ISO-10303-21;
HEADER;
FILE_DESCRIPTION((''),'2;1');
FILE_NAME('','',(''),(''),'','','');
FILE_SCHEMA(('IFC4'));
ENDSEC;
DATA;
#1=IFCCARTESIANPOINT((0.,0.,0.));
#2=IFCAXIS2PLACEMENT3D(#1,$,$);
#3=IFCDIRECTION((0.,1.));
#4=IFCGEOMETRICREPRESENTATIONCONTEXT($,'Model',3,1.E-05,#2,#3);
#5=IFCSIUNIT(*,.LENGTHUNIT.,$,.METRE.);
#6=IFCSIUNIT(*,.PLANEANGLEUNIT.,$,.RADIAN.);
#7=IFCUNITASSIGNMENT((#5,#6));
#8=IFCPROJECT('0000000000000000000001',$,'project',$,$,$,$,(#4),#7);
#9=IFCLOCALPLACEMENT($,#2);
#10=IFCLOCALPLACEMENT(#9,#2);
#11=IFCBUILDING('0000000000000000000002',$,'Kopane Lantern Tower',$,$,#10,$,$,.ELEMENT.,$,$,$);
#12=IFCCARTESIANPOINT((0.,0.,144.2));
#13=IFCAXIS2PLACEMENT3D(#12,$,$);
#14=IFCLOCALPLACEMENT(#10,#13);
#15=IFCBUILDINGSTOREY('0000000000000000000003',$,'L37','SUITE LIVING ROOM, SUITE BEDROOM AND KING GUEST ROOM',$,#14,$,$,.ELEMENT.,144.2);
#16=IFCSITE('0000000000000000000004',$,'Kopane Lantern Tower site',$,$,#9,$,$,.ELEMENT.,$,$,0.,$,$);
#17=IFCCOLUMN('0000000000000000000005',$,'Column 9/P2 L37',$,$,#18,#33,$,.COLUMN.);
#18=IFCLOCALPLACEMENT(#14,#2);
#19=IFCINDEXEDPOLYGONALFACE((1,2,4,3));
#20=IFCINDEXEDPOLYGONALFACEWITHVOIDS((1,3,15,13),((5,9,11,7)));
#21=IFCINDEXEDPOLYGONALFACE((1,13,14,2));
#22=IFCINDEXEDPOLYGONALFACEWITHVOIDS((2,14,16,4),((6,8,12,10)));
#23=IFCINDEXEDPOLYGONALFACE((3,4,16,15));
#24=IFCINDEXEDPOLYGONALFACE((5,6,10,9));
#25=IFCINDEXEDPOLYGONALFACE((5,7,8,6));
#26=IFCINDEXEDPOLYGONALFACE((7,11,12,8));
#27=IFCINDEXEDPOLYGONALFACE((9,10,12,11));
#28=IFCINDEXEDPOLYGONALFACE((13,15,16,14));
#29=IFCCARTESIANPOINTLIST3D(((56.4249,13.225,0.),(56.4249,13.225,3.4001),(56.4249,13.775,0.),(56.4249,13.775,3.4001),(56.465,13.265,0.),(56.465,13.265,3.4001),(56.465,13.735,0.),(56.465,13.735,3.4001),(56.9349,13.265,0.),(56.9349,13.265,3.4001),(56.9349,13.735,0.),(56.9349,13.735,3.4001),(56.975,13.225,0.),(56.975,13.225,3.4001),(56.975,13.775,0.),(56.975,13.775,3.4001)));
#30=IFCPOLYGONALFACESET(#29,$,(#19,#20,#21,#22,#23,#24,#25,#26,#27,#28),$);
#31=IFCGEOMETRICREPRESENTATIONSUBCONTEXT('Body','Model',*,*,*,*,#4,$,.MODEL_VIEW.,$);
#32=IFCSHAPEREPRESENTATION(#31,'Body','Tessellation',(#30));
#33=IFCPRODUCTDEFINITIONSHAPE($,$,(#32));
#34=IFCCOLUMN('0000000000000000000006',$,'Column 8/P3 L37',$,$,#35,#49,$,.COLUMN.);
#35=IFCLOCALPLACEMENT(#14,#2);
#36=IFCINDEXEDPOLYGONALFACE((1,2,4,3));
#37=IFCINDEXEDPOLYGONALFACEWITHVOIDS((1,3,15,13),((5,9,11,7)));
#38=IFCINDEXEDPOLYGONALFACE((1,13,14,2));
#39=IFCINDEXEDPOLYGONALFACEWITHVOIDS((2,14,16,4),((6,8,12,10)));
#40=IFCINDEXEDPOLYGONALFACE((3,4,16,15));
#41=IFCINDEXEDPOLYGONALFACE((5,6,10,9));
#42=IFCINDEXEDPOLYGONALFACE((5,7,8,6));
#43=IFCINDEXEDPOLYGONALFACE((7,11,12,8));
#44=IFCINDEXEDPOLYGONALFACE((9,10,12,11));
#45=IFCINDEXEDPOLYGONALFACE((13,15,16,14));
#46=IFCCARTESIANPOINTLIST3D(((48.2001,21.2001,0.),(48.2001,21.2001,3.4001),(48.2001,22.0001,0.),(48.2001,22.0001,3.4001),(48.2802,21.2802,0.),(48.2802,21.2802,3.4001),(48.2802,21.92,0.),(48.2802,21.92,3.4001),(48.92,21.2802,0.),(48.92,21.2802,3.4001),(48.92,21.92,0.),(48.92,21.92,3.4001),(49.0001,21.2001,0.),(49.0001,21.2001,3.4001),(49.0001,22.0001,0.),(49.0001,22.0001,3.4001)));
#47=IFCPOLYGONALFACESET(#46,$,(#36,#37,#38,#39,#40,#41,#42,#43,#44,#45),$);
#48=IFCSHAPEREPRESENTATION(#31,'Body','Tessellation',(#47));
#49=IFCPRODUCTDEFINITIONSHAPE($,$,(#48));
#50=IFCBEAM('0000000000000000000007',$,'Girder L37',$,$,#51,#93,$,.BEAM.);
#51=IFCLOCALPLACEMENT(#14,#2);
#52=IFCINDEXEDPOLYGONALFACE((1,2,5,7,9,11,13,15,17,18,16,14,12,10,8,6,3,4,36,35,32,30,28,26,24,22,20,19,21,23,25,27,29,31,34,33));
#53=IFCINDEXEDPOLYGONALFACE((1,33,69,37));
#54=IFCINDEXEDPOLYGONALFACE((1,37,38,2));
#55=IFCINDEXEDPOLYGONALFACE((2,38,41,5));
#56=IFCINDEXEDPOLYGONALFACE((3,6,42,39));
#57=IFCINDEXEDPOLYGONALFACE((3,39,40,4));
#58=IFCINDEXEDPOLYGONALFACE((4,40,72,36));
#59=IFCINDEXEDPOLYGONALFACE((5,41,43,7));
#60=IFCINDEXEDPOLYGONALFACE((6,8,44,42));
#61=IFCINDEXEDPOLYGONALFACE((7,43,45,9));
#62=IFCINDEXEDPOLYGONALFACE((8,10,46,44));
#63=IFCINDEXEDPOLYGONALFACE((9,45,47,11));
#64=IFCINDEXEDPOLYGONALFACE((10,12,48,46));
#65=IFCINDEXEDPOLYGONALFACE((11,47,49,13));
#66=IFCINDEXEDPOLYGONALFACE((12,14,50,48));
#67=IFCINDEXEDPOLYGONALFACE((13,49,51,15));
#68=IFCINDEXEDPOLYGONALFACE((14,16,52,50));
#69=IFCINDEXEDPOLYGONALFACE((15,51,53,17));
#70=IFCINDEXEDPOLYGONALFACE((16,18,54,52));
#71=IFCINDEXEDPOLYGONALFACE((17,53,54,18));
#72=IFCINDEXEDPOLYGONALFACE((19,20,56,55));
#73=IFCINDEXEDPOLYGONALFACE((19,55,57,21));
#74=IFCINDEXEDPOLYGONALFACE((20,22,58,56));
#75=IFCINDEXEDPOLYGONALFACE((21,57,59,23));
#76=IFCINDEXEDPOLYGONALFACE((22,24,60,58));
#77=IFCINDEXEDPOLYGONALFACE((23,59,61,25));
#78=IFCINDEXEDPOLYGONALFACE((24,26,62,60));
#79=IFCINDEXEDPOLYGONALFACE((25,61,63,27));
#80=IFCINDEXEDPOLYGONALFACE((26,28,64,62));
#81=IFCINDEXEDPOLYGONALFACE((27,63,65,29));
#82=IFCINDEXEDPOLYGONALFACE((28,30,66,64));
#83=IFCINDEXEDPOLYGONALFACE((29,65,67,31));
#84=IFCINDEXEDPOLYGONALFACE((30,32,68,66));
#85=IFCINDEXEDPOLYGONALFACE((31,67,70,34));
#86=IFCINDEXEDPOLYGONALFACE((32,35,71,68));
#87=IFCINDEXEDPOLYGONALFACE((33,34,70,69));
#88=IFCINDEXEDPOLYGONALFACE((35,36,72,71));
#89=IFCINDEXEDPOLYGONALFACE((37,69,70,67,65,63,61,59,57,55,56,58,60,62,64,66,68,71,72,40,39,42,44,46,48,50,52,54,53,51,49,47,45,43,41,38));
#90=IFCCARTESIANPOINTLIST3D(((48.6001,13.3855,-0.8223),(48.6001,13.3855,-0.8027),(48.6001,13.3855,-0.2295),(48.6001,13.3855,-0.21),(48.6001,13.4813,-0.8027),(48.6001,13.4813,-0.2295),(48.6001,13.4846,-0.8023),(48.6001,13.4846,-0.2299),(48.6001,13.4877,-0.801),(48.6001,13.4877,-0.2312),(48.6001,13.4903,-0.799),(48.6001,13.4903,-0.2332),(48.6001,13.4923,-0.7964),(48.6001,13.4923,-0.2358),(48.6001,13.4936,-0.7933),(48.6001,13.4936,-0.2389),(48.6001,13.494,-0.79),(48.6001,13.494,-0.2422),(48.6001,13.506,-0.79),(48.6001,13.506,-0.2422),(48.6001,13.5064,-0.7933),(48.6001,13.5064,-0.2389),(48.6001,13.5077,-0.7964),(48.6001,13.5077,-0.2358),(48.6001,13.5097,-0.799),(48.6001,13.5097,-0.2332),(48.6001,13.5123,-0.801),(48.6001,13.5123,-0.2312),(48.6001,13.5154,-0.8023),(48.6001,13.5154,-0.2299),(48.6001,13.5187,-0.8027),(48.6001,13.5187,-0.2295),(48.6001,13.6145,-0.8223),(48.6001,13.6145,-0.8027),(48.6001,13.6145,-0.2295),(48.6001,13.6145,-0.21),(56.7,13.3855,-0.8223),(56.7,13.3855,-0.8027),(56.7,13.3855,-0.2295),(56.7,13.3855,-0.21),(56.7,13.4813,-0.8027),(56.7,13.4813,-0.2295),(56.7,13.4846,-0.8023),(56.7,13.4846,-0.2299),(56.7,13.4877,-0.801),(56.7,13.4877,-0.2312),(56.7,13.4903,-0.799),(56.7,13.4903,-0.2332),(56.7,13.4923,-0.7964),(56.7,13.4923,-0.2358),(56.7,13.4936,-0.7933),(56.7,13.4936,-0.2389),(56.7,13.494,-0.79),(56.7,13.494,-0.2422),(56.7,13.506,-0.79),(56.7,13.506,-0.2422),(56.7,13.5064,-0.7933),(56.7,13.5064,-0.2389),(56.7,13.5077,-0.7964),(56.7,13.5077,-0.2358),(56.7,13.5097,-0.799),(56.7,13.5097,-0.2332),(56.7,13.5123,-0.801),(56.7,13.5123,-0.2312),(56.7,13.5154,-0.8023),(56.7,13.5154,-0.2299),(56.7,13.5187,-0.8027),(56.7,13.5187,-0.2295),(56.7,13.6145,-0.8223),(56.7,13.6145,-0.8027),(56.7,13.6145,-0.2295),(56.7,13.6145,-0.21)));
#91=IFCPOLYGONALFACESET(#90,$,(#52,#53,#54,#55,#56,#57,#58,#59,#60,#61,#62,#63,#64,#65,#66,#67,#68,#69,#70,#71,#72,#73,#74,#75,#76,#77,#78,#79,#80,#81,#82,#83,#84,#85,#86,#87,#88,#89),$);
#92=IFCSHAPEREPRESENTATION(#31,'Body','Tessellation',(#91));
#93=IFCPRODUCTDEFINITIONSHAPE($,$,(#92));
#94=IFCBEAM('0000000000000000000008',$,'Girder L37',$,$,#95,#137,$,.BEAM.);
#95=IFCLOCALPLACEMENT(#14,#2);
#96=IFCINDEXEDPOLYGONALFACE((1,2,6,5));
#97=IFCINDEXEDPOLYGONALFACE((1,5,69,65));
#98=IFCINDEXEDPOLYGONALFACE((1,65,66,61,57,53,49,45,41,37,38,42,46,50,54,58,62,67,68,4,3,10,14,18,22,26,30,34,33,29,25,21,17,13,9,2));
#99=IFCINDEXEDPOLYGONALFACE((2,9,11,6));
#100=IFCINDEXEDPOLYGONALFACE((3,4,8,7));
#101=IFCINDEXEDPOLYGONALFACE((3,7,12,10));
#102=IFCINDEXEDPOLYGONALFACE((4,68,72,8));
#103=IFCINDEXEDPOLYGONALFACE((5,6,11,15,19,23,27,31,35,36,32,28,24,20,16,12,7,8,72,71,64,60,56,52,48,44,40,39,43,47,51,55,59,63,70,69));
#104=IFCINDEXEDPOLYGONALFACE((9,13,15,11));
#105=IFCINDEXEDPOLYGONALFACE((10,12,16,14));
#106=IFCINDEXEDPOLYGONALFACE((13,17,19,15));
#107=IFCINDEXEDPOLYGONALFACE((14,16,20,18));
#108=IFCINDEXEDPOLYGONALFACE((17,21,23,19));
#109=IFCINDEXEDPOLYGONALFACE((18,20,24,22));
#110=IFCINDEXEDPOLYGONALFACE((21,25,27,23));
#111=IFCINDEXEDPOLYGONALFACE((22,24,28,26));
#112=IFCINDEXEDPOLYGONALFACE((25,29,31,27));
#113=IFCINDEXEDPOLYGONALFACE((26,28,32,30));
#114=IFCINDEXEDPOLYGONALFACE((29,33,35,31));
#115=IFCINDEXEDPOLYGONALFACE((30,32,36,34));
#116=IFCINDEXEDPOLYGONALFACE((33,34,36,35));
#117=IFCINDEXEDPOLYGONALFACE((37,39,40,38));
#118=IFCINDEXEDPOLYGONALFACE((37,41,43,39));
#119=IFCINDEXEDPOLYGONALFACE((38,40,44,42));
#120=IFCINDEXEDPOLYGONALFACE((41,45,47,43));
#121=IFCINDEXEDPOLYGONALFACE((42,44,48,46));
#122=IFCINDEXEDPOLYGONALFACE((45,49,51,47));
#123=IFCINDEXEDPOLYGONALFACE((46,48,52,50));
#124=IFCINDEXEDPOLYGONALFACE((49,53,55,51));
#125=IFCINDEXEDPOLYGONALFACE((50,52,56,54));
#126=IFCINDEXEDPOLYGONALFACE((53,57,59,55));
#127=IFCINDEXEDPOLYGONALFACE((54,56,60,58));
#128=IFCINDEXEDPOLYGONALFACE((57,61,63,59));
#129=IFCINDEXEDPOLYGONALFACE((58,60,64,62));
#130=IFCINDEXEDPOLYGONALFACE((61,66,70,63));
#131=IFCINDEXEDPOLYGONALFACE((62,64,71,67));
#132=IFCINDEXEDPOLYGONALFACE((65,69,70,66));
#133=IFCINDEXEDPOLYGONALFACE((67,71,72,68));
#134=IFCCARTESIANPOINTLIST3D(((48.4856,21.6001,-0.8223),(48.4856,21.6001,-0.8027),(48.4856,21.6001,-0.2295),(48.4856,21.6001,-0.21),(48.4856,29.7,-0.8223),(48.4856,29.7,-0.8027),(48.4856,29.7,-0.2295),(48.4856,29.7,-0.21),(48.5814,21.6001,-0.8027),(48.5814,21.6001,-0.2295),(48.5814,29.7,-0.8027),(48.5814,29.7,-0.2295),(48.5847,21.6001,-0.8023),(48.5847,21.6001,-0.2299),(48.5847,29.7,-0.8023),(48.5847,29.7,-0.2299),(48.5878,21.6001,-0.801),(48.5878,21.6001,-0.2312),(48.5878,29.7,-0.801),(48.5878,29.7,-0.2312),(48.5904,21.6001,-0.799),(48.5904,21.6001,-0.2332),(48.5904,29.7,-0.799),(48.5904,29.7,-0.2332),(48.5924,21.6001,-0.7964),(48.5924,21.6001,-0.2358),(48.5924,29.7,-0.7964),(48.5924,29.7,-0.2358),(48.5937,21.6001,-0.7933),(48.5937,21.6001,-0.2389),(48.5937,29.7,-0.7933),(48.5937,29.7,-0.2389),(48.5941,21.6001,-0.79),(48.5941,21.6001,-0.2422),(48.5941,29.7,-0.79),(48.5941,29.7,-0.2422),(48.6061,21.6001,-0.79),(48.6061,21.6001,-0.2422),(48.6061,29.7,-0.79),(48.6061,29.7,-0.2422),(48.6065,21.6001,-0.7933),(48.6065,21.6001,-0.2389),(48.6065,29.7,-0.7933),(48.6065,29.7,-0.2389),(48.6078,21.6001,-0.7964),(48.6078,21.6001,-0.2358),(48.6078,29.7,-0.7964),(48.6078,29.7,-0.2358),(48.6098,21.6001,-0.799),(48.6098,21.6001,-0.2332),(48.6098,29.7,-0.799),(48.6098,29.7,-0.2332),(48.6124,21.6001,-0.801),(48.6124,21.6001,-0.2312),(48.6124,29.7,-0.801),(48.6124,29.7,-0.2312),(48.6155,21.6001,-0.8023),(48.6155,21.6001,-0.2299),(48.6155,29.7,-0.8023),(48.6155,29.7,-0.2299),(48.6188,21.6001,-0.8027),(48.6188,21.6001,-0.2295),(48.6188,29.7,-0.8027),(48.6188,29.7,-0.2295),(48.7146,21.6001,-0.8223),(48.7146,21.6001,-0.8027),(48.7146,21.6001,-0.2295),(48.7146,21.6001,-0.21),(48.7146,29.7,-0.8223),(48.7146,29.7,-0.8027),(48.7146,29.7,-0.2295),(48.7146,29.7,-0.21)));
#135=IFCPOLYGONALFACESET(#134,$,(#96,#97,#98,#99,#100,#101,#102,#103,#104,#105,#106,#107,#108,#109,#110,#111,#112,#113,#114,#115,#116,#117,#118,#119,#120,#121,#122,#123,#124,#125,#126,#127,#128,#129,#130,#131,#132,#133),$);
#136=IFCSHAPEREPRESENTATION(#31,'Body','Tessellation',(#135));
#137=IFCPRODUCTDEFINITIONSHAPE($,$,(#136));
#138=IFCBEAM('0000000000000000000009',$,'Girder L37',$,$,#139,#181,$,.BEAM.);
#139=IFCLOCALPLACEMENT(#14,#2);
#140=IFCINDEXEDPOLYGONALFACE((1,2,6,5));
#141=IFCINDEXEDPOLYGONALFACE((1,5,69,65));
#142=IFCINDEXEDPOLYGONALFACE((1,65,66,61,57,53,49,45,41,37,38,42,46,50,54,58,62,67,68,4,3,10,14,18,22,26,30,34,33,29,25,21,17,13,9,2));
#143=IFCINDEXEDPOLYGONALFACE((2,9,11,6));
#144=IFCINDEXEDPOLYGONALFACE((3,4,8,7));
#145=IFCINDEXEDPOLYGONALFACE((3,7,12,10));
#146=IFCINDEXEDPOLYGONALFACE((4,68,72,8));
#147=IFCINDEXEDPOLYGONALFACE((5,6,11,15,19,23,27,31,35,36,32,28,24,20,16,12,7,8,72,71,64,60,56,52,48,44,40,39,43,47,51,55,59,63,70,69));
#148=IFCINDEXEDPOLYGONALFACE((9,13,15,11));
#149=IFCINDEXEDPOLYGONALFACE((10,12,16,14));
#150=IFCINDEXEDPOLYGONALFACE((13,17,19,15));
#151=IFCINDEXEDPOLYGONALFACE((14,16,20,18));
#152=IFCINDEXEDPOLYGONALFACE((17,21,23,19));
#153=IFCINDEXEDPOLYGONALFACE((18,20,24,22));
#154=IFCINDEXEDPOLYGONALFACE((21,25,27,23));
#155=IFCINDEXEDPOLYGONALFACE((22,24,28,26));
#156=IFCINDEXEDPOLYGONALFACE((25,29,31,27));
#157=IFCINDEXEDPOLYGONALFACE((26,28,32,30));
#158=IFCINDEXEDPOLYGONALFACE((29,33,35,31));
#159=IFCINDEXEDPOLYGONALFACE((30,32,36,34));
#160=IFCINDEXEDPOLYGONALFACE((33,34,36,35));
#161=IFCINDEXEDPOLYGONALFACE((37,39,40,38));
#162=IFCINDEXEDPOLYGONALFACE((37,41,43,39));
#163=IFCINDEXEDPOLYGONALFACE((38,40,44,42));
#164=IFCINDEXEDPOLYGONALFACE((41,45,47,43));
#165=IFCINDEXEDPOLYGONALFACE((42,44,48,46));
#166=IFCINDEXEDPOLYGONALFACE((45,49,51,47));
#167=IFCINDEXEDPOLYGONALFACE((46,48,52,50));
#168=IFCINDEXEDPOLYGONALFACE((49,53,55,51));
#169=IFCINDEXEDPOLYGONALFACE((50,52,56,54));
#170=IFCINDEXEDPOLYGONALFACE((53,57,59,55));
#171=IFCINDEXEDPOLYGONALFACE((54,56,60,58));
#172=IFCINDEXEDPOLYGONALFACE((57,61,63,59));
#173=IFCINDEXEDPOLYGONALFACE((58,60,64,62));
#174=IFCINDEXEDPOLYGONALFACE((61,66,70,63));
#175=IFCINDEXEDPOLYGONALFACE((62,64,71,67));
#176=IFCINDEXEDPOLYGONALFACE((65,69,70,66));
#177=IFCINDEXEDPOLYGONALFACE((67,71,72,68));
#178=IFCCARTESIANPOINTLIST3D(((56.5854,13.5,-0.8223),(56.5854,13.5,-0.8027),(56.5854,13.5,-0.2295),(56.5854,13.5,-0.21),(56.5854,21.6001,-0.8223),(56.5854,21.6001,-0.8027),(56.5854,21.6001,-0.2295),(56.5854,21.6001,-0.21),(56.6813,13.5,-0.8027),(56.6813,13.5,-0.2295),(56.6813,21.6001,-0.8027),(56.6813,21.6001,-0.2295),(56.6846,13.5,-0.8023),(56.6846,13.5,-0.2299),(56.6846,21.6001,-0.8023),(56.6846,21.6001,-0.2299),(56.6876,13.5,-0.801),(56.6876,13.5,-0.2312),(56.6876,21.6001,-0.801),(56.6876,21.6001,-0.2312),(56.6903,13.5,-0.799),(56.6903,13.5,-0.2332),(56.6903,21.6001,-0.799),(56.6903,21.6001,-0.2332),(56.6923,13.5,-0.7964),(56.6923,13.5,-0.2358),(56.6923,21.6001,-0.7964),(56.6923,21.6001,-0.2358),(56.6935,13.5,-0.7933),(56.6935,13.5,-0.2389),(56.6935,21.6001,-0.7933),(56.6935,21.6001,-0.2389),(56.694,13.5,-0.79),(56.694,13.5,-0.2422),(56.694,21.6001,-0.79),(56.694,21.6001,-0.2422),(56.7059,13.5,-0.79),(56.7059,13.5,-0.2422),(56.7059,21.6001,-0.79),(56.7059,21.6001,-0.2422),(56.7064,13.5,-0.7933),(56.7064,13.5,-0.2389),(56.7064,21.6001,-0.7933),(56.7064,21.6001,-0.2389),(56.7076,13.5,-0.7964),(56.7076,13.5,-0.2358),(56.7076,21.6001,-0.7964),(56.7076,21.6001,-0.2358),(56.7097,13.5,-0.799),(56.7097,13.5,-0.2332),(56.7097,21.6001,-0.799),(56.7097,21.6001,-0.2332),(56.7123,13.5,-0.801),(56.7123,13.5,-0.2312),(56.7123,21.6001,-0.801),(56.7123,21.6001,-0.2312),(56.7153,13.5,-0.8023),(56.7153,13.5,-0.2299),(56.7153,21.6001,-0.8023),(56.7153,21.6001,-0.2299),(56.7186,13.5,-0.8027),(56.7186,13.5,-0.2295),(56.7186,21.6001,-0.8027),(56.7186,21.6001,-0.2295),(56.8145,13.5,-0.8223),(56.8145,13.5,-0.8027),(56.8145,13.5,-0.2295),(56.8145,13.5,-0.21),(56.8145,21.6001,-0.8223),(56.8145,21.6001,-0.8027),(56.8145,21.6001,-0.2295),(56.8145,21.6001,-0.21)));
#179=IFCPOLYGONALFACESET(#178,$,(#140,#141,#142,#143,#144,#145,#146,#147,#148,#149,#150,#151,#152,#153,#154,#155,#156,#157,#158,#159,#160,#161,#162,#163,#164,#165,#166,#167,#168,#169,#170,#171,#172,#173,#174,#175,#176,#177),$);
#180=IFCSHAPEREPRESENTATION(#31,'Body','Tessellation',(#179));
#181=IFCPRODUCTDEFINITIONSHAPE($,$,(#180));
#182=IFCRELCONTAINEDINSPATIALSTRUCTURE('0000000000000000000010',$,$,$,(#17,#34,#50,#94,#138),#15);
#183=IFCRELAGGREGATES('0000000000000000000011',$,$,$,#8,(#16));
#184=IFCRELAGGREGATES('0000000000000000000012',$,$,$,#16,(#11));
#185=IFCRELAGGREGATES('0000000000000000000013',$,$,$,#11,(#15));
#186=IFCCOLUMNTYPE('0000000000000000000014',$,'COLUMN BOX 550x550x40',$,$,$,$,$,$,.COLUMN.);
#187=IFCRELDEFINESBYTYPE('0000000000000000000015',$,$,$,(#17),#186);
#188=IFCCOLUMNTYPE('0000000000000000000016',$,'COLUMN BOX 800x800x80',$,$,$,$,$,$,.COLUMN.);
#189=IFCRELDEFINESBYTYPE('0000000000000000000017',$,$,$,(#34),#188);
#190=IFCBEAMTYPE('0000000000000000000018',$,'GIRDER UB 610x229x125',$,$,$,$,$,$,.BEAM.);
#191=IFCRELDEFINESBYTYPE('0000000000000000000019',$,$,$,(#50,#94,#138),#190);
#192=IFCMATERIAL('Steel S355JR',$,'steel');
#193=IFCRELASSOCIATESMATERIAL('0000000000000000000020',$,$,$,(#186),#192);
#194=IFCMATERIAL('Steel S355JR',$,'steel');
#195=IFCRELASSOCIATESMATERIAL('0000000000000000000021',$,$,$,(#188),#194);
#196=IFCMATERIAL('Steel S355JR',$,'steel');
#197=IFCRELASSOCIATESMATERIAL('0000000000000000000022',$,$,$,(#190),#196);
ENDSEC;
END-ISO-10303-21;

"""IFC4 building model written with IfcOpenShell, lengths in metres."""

from ifc_helpers import new_model, si_unit, direction, frame, origin, origin_2d, place, context, subcontext, project, spatial, hollow_rectangle, i_section, extrude, material, material_profile, profile_set, type_object, element, save


model = new_model("IFC4")

# Units and contexts
model_context = context("Model", 3, precision=1e-05, world=origin(), true_north=direction((0.0, 1.0)))
body_context = subcontext(model_context, "Body", "Model", "MODEL_VIEW")
ifc_project = project(units=[si_unit("LENGTHUNIT", "METRE"), si_unit("PLANEANGLEUNIT", "RADIAN")], contexts=[model_context])

# Site, building, storey
site_placement = place(None, origin())
site = spatial("IfcSite", under=ifc_project, at=site_placement, Name="Kopane Lantern Tower site", CompositionType="ELEMENT", RefElevation=0.0)
building_placement = place(site_placement, origin())
building = spatial("IfcBuilding", under=site, at=building_placement, Name="Kopane Lantern Tower", CompositionType="ELEMENT")
storey_placement = place(building_placement, frame((0.0, 0.0, 144.2)))
storey = spatial("IfcBuildingStorey", under=building, at=storey_placement, Name="L37", Description="SUITE LIVING ROOM, SUITE BEDROOM AND KING GUEST ROOM", CompositionType="ELEMENT", Elevation=144.2)

# Columns
ifc_material_1 = material(Name="Steel S355JR", Category="steel")
ifc_material_profile_1 = material_profile(ifc_material_1, hollow_rectangle(XDim=0.55, YDim=0.55, WallThickness=0.04, at=origin_2d()), Name="BOX 550x550x40")
ifc_profile_set_1 = profile_set([ifc_material_profile_1], Name="Steel S355JR")
column_type_1 = type_object("IfcColumnType", Name="COLUMN BOX 550x550x40", PredefinedType="COLUMN", material=ifc_profile_set_1)
column_1_placement = place(storey_placement, frame((56.7, 13.5, 0.0), z_axis=(0.0, 0.0, 1.0), x_axis=(1.0, 0.0, 0.0)))
element("IfcColumn", 1, at=column_1_placement, inside=storey, type_object=column_type_1, Name="Column 9/P2 L37", PredefinedType="COLUMN", context=body_context, shape_type="SweptSolid", body=[
    extrude(hollow_rectangle(XDim=0.55, YDim=0.55, WallThickness=0.04, at=origin_2d()), origin(), (0.0, 0.0, 1.0), 3.4001),
])
ifc_material_2 = material(Name="Steel S355JR", Category="steel")
ifc_material_profile_2 = material_profile(ifc_material_2, hollow_rectangle(XDim=0.8, YDim=0.8, WallThickness=0.0801, at=origin_2d()), Name="BOX 800x800x80")
ifc_profile_set_2 = profile_set([ifc_material_profile_2], Name="Steel S355JR")
column_type_2 = type_object("IfcColumnType", Name="COLUMN BOX 800x800x80", PredefinedType="COLUMN", material=ifc_profile_set_2)
column_2_placement = place(storey_placement, frame((48.6001, 21.6001, 0.0), z_axis=(0.0, 0.0, 1.0), x_axis=(1.0, 0.0, 0.0)))
element("IfcColumn", 2, at=column_2_placement, inside=storey, type_object=column_type_2, Name="Column 8/P3 L37", PredefinedType="COLUMN", context=body_context, shape_type="SweptSolid", body=[
    extrude(hollow_rectangle(XDim=0.8, YDim=0.8, WallThickness=0.0801, at=origin_2d()), origin(), (0.0, 0.0, 1.0), 3.4001),
])

# Beams
ifc_material_3 = material(Name="Steel S355JR", Category="steel")
ifc_material_profile_3 = material_profile(ifc_material_3, i_section(OverallWidth=0.229, OverallDepth=0.6123, WebThickness=0.012, FlangeThickness=0.0195, FilletRadius=0.0127, at=origin_2d()), Name="UB 610x229x125")
ifc_profile_set_3 = profile_set([ifc_material_profile_3], Name="Steel S355JR")
beam_type = type_object("IfcBeamType", Name="GIRDER UB 610x229x125", PredefinedType="BEAM", material=ifc_profile_set_3)
for number, where, z_axis, x_axis, name in (
    (3, (48.6001, 13.5, -0.5161), (1.0, 0.0, 0.0), (0.0, 1.0, 0.0), "Girder L37"),
    (4, (48.6001, 21.6001, -0.5161), (0.0, 1.0, 0.0), (-1.0, 0.0, 0.0), "Girder L37"),
):
    element("IfcBeam", number, at=place(storey_placement, frame(where, z_axis=z_axis, x_axis=x_axis)), inside=storey, type_object=beam_type, Name=name, PredefinedType="BEAM", context=body_context, shape_type="SweptSolid", body=[
        extrude(i_section(OverallWidth=0.229, OverallDepth=0.6123, WebThickness=0.012, FlangeThickness=0.0195, FilletRadius=0.0127, at=origin_2d()), origin(), (0.0, 0.0, 1.0), 8.0999),
    ])
beam_placement = place(storey_placement, frame((56.7, 13.5, -0.5161), z_axis=(0.0, 1.0, 0.0), x_axis=(-1.0, 0.0, 0.0)))
element("IfcBeam", 5, at=beam_placement, inside=storey, type_object=beam_type, Name="Girder L37", PredefinedType="BEAM", context=body_context, shape_type="SweptSolid", body=[
    extrude(i_section(OverallWidth=0.229, OverallDepth=0.6123, WebThickness=0.012, FlangeThickness=0.0195, FilletRadius=0.0127, at=origin_2d()), origin(), (0.0, 0.0, 1.0), 8.1001),
])

save(model, "model.ifc")
